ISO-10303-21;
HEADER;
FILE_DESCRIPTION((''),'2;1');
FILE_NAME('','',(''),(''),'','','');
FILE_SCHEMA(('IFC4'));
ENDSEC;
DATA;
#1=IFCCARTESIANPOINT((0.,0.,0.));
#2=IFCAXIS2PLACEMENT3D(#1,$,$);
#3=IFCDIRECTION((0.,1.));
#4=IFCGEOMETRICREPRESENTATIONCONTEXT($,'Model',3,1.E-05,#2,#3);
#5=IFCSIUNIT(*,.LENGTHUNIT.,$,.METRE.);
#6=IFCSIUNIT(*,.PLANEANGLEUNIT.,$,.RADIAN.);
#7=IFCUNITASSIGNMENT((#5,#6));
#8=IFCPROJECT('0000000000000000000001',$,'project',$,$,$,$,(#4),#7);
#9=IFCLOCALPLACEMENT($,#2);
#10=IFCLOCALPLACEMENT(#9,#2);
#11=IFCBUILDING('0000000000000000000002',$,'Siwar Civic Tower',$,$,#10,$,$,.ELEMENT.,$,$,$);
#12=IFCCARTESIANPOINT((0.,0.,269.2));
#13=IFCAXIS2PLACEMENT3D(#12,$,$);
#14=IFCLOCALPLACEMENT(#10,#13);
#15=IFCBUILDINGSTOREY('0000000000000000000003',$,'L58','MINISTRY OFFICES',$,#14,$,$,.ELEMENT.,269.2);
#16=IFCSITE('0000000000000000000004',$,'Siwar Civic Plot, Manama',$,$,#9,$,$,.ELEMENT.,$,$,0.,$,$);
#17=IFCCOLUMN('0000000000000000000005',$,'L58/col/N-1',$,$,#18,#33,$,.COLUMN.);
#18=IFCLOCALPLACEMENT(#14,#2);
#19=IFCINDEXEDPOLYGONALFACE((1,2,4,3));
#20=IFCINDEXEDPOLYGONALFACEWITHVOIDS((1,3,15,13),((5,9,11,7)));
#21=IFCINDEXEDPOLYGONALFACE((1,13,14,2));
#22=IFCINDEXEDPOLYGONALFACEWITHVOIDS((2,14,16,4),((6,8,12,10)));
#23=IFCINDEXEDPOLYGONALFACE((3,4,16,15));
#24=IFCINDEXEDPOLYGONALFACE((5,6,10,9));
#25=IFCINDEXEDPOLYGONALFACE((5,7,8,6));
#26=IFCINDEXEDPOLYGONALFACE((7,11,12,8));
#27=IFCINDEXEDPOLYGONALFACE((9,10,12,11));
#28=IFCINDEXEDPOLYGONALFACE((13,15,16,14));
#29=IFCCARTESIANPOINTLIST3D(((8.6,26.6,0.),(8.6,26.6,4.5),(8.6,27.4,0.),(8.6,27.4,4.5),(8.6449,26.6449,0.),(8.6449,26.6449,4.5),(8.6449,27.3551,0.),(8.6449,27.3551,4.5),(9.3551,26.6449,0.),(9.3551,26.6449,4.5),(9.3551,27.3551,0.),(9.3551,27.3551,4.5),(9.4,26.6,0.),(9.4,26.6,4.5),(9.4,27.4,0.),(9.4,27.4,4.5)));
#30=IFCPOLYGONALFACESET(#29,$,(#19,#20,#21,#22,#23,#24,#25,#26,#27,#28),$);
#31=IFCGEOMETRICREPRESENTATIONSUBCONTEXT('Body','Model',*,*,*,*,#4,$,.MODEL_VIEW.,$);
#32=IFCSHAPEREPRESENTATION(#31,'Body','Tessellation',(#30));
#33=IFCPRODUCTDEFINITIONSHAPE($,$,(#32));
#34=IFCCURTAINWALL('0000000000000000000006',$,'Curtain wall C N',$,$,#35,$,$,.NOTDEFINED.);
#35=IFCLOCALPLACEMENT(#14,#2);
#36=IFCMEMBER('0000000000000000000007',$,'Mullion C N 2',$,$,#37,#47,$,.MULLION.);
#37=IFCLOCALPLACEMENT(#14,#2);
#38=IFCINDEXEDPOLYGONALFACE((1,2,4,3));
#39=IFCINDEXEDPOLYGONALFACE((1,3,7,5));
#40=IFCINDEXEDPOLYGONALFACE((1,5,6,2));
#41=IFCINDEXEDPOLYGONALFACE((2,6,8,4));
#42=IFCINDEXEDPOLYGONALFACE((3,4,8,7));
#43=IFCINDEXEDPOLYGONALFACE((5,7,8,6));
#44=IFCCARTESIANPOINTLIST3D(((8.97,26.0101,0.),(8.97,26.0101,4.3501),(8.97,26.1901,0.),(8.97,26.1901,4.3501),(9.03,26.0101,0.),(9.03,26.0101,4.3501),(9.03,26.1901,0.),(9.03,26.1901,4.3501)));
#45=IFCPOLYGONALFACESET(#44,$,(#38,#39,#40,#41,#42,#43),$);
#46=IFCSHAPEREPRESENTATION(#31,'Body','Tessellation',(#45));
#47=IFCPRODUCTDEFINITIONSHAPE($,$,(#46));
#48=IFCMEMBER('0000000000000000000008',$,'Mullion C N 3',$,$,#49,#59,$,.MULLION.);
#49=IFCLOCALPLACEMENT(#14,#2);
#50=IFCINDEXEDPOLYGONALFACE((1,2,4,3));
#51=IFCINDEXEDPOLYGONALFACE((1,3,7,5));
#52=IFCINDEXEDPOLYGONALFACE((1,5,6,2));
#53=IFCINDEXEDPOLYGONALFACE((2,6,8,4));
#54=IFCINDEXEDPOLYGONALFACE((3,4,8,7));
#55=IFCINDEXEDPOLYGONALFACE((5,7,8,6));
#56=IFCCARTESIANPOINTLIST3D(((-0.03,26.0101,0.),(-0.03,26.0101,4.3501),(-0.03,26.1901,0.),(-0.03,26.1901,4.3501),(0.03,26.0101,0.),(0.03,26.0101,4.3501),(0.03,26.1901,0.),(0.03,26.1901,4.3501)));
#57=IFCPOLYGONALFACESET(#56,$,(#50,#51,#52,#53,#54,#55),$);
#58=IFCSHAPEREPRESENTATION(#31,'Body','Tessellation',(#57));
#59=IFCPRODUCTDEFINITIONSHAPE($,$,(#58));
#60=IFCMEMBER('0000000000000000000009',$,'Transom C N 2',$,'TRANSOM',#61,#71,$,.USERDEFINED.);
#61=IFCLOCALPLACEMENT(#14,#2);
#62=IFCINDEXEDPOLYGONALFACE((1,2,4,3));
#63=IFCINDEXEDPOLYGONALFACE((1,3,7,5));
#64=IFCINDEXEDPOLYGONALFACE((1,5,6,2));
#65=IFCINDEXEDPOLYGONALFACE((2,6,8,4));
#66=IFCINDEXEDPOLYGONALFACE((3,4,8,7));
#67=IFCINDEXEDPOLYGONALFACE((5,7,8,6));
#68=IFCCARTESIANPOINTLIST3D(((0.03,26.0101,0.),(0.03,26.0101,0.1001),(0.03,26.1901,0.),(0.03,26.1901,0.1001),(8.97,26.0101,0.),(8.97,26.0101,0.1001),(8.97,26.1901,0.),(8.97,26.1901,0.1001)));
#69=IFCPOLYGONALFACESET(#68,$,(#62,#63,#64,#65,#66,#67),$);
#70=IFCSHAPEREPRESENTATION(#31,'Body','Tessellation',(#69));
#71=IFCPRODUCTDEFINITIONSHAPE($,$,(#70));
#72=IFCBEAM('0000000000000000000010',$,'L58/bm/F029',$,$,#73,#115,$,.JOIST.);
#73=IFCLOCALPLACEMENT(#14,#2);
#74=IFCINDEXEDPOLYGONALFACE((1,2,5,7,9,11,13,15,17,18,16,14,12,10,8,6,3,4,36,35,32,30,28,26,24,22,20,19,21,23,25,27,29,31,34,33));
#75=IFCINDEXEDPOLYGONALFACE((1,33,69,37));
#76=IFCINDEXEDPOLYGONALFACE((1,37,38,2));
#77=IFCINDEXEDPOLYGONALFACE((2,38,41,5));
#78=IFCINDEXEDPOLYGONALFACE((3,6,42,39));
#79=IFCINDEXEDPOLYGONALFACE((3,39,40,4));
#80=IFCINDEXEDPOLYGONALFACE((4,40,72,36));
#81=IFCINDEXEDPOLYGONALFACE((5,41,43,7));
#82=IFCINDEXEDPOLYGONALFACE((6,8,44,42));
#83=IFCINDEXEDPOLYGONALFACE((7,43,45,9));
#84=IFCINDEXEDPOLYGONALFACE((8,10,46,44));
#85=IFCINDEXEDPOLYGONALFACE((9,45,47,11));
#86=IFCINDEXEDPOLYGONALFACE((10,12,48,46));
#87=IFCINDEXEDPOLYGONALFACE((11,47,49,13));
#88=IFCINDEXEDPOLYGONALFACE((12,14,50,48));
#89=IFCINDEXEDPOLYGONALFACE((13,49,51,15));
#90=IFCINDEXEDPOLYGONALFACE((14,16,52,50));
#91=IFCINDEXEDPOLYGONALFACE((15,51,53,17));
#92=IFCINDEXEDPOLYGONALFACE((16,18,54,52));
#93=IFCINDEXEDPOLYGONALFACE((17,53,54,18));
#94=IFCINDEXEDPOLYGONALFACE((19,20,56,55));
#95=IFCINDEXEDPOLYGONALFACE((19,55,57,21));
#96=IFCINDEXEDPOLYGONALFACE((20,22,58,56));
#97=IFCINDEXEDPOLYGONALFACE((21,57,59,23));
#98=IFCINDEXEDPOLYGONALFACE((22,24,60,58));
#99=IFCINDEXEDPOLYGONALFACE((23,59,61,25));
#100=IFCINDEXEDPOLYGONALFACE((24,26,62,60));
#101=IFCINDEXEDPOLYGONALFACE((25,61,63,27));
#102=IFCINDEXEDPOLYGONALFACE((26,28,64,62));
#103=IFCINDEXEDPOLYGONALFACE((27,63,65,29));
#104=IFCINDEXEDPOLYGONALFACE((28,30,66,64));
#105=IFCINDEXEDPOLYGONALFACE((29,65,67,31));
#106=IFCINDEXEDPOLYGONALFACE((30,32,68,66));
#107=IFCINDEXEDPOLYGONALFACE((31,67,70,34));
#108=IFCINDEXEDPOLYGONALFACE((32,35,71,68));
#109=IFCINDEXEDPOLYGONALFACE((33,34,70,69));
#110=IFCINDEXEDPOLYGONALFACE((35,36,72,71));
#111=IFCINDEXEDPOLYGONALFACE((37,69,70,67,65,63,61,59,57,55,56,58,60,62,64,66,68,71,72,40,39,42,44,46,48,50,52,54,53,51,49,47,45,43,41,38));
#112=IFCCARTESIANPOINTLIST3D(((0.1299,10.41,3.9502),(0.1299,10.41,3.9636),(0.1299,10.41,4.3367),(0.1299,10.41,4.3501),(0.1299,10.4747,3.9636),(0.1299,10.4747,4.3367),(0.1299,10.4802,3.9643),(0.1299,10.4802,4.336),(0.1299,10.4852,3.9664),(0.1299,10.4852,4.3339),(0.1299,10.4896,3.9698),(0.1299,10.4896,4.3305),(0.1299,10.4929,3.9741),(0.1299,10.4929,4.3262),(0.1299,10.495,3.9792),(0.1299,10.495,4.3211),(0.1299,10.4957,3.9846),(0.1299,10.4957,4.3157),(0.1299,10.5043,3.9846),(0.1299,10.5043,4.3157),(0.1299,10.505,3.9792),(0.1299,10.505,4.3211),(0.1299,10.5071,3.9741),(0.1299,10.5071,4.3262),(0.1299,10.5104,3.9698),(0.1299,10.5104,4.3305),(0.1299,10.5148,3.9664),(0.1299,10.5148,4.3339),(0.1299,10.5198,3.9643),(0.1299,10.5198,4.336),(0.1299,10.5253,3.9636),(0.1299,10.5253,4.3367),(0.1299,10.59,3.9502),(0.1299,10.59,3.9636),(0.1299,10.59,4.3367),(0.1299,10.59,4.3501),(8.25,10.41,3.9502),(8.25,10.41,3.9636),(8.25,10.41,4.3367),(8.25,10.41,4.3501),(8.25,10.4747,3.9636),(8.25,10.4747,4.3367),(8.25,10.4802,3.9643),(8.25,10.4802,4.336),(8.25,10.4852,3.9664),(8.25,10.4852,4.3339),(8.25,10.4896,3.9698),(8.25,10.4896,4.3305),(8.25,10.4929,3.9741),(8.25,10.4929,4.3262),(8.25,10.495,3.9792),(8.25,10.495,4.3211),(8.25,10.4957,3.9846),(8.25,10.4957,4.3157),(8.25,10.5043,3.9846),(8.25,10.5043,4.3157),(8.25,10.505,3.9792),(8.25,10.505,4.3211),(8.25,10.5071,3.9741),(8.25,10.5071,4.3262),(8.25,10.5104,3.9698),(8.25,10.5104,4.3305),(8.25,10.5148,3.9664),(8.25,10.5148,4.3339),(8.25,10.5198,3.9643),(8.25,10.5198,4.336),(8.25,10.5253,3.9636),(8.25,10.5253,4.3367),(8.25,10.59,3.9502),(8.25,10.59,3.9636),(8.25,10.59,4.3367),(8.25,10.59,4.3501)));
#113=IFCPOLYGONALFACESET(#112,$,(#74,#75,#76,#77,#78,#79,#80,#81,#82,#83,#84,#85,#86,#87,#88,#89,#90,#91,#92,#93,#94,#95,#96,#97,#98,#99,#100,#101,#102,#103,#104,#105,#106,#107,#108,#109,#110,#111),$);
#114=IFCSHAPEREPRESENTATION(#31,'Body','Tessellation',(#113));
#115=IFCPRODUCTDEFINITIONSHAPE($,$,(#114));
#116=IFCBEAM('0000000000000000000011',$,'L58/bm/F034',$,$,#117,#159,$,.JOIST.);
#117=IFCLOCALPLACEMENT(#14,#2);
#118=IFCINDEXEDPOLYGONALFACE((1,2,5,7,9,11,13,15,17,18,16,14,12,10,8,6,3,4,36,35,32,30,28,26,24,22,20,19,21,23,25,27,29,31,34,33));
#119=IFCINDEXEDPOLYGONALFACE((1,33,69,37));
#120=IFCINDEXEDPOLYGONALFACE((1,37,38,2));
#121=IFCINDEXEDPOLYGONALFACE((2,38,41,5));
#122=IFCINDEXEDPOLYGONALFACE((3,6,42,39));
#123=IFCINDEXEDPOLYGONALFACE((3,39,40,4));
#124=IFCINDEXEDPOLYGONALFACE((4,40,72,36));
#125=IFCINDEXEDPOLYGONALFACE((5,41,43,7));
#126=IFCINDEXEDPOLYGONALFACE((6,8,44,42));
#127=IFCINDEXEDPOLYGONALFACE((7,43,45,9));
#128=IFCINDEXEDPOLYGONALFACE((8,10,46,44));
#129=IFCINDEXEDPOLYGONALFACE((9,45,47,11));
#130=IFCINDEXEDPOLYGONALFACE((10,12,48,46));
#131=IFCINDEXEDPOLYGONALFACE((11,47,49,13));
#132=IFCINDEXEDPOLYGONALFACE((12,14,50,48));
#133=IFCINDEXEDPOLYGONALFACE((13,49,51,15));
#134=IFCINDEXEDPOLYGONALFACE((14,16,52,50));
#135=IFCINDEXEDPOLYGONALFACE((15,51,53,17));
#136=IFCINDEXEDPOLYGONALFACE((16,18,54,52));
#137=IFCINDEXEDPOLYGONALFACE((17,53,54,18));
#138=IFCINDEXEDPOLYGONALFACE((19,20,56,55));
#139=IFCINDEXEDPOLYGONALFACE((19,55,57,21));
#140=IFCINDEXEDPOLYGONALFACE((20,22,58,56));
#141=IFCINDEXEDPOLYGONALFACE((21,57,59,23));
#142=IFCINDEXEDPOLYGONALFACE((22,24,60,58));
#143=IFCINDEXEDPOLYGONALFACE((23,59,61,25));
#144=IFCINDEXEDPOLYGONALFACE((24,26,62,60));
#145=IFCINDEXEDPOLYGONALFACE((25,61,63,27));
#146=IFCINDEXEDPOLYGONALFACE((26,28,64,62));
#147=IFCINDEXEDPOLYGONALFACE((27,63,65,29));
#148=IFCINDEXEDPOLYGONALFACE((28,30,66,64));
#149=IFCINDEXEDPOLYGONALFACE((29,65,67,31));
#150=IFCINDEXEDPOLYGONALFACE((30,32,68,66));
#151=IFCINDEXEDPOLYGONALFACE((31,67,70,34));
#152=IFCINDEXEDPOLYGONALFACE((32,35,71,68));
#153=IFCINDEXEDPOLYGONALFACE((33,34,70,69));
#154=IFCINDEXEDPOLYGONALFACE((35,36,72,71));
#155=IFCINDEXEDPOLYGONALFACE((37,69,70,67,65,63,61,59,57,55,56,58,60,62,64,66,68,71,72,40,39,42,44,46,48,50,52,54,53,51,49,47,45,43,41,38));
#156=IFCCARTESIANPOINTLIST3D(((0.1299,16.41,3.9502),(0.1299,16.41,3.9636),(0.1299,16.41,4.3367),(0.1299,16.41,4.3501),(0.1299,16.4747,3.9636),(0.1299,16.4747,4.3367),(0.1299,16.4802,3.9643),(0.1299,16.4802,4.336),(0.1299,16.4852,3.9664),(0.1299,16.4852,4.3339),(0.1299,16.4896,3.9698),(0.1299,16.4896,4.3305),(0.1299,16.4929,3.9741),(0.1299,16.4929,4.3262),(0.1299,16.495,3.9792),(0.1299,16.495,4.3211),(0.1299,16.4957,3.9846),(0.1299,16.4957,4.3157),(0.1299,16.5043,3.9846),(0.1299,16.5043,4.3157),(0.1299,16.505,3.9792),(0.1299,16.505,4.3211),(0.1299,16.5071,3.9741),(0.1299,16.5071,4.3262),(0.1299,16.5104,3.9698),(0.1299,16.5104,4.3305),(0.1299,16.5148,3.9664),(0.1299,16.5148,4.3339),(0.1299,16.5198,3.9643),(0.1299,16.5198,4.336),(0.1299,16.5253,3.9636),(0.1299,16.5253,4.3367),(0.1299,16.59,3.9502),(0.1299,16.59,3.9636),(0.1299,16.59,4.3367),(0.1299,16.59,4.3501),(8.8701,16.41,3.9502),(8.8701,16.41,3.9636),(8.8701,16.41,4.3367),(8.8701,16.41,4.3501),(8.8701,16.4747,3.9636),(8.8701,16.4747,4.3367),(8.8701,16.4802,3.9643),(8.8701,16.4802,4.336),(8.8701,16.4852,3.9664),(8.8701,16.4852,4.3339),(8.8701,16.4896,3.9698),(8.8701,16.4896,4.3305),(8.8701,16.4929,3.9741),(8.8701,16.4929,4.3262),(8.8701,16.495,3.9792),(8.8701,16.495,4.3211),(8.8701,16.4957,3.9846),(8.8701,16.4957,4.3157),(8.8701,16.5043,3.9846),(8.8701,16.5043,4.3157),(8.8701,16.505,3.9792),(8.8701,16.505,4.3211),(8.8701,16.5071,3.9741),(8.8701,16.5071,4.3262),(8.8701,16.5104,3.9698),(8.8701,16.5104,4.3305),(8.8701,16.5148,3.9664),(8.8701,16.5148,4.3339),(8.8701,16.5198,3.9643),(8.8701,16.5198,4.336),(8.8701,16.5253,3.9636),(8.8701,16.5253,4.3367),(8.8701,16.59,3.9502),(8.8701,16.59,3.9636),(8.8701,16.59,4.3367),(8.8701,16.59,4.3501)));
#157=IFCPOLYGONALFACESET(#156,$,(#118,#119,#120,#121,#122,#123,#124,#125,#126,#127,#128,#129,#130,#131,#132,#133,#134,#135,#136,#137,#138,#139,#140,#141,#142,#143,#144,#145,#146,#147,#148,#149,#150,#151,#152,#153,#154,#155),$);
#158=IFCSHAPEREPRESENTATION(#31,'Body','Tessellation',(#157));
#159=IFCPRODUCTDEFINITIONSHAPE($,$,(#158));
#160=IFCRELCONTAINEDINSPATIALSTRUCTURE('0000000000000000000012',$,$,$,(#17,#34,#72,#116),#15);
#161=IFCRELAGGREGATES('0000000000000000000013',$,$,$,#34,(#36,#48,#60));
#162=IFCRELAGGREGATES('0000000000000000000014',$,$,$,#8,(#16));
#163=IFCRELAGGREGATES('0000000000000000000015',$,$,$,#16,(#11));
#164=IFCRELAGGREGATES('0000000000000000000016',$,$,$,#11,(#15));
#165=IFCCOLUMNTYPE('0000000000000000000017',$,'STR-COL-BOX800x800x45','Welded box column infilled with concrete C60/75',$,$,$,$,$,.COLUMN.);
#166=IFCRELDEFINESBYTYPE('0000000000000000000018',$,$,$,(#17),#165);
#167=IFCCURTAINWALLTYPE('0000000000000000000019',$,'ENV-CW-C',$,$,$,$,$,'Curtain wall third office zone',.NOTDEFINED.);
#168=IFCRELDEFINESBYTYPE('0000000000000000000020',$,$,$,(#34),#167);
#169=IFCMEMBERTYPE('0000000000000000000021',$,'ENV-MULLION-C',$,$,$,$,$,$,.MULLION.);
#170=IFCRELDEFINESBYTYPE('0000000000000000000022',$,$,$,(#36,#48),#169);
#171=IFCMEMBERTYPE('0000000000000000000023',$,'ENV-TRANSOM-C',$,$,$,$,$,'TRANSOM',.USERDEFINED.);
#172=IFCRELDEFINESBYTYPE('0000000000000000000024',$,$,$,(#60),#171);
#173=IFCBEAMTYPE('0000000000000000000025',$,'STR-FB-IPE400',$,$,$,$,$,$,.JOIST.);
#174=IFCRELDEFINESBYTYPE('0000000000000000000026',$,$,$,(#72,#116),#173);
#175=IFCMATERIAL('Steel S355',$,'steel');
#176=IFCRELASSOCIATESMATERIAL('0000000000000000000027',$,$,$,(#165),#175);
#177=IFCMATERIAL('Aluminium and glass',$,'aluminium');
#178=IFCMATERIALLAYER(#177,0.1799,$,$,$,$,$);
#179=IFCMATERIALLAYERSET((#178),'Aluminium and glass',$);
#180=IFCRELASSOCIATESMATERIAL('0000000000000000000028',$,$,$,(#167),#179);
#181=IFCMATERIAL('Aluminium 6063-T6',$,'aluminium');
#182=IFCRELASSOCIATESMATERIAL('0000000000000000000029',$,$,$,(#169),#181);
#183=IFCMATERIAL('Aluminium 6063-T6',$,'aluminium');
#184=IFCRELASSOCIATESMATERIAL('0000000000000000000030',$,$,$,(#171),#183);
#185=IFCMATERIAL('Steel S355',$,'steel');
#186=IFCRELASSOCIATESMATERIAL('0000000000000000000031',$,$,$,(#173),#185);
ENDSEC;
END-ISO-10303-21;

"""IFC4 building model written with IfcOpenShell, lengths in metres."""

from ifc_helpers import new_model, si_unit, direction, frame, origin, origin_2d, place, context, subcontext, project, spatial, rectangle, hollow_rectangle, i_section, extrude, material, layer, layer_set, material_profile, profile_set, type_object, element, aggregate, save


model = new_model("IFC4")

# Units and contexts
model_context = context("Model", 3, precision=1e-05, world=origin(), true_north=direction((0.0, 1.0)))
body_context = subcontext(model_context, "Body", "Model", "MODEL_VIEW")
ifc_project = project(units=[si_unit("LENGTHUNIT", "METRE"), si_unit("PLANEANGLEUNIT", "RADIAN")], contexts=[model_context])

# Site, building, storey
site_placement = place(None, origin())
site = spatial("IfcSite", under=ifc_project, at=site_placement, Name="Siwar Civic Plot, Manama", CompositionType="ELEMENT", RefElevation=0.0)
building_placement = place(site_placement, origin())
building = spatial("IfcBuilding", under=site, at=building_placement, Name="Siwar Civic Tower", CompositionType="ELEMENT")
storey_placement = place(building_placement, frame((0.0, 0.0, 269.2)))
storey = spatial("IfcBuildingStorey", under=building, at=storey_placement, Name="L58", Description="MINISTRY OFFICES", CompositionType="ELEMENT", Elevation=269.2)

# Column
ifc_material_1 = material(Name="Steel S355", Category="steel")
ifc_material_profile_1 = material_profile(ifc_material_1, hollow_rectangle(XDim=0.8, YDim=0.8, WallThickness=0.0449, at=origin_2d()), Name="BOX800x800x45")
ifc_profile_set_1 = profile_set([ifc_material_profile_1], Name="Steel S355")
column_type = type_object("IfcColumnType", Name="STR-COL-BOX800x800x45", Description="Welded box column infilled with concrete C60/75", PredefinedType="COLUMN", material=ifc_profile_set_1)
column_placement = place(storey_placement, frame((9.0, 27.0, 0.0), z_axis=(0.0, 0.0, 1.0), x_axis=(1.0, 0.0, 0.0)))
element("IfcColumn", 1, at=column_placement, inside=storey, type_object=column_type, Name="L58/col/N-1", PredefinedType="COLUMN", context=body_context, shape_type="SweptSolid", body=[
    extrude(hollow_rectangle(XDim=0.8, YDim=0.8, WallThickness=0.0449, at=origin_2d()), origin(), (0.0, 0.0, 1.0), 4.5),
])

# Curtain wall, members
ifc_material_2 = material(Name="Aluminium and glass", Category="aluminium")
ifc_layer_1 = layer(ifc_material_2, 0.1799)
ifc_layer_set_1 = layer_set([ifc_layer_1], Name="Aluminium and glass")
curtain_wall_type = type_object("IfcCurtainWallType", Name="ENV-CW-C", ElementType="Curtain wall third office zone", PredefinedType="NOTDEFINED", material=ifc_layer_set_1)
curtain_wall_placement = place(storey_placement, origin())
curtain_wall = element("IfcCurtainWall", 2, at=curtain_wall_placement, inside=storey, type_object=curtain_wall_type, Name="Curtain wall C N", PredefinedType="NOTDEFINED")
ifc_material_3 = material(Name="Aluminium 6063-T6", Category="aluminium")
ifc_material_profile_2 = material_profile(ifc_material_3, rectangle(XDim=0.1799, YDim=0.0601, at=origin_2d()), Name="AL 180x60")
ifc_profile_set_2 = profile_set([ifc_material_profile_2], Name="Aluminium 6063-T6")
member_type_1 = type_object("IfcMemberType", Name="ENV-MULLION-C", PredefinedType="MULLION", material=ifc_profile_set_2)
member_1_placement = place(storey_placement, frame((9.0, 26.1001, 0.0), z_axis=(0.0, 0.0, 1.0), x_axis=(0.0, -1.0, 0.0)))
member_1 = element("IfcMember", 3, at=member_1_placement, type_object=member_type_1, Name="Mullion C N 2", PredefinedType="MULLION", context=body_context, shape_type="SweptSolid", body=[
    extrude(rectangle(XDim=0.1799, YDim=0.0601, at=origin_2d()), origin(), (0.0, 0.0, 1.0), 4.3501),
])
member_2_placement = place(storey_placement, frame((0.0, 26.1001, 0.0), z_axis=(0.0, 0.0, 1.0), x_axis=(0.0, -1.0, 0.0)))
member_2 = element("IfcMember", 4, at=member_2_placement, type_object=member_type_1, Name="Mullion C N 3", PredefinedType="MULLION", context=body_context, shape_type="SweptSolid", body=[
    extrude(rectangle(XDim=0.1799, YDim=0.0601, at=origin_2d()), origin(), (0.0, 0.0, 1.0), 4.3501),
])
ifc_material_4 = material(Name="Aluminium 6063-T6", Category="aluminium")
ifc_material_profile_3 = material_profile(ifc_material_4, rectangle(XDim=0.1799, YDim=0.1001, at=origin_2d()), Name="AL 180x100")
ifc_profile_set_3 = profile_set([ifc_material_profile_3], Name="Aluminium 6063-T6")
member_type_2 = type_object("IfcMemberType", Name="ENV-TRANSOM-C", ElementType="TRANSOM", PredefinedType="USERDEFINED", material=ifc_profile_set_3)
member_3_placement = place(storey_placement, frame((8.97, 26.1001, 0.05), z_axis=(-1.0, 0.0, 0.0), x_axis=(0.0, -1.0, 0.0)))
member_3 = element("IfcMember", 5, at=member_3_placement, type_object=member_type_2, Name="Transom C N 2", ObjectType="TRANSOM", PredefinedType="USERDEFINED", context=body_context, shape_type="SweptSolid", body=[
    extrude(rectangle(XDim=0.1799, YDim=0.1001, at=origin_2d()), origin(), (0.0, 0.0, 1.0), 8.9399),
])

# Beams
ifc_material_5 = material(Name="Steel S355", Category="steel")
ifc_material_profile_4 = material_profile(ifc_material_5, i_section(OverallWidth=0.1799, OverallDepth=0.3999, WebThickness=0.0085, FlangeThickness=0.0134, FilletRadius=0.021, at=origin_2d()), Name="IPE400")
ifc_profile_set_4 = profile_set([ifc_material_profile_4], Name="Steel S355")
beam_type_1 = type_object("IfcBeamType", Name="STR-FB-IPE400", PredefinedType="JOIST", material=ifc_profile_set_4)
beam_1_placement = place(storey_placement, frame((0.1299, 10.5, 4.1501), z_axis=(1.0, 0.0, 0.0), x_axis=(0.0, 1.0, 0.0)))
element("IfcBeam", 6, at=beam_1_placement, inside=storey, type_object=beam_type_1, Name="L58/bm/F029", PredefinedType="JOIST", context=body_context, shape_type="SweptSolid", body=[
    extrude(i_section(OverallWidth=0.1799, OverallDepth=0.3999, WebThickness=0.0085, FlangeThickness=0.0134, FilletRadius=0.021, at=origin_2d()), origin(), (0.0, 0.0, 1.0), 8.1201),
])
for number, where, z_axis, x_axis, name in (
    (7, (0.1299, 16.5, 4.1501), (1.0, 0.0, 0.0), (0.0, 1.0, 0.0), "L58/bm/F034"),
):
    element("IfcBeam", number, at=place(storey_placement, frame(where, z_axis=z_axis, x_axis=x_axis)), inside=storey, type_object=beam_type_1, Name=name, PredefinedType="JOIST", context=body_context, shape_type="SweptSolid", body=[
        extrude(i_section(OverallWidth=0.1799, OverallDepth=0.3999, WebThickness=0.0085, FlangeThickness=0.0134, FilletRadius=0.021, at=origin_2d()), origin(), (0.0, 0.0, 1.0), 8.7402),
    ])

aggregate(curtain_wall, [member_1, member_2, member_3])

save(model, "model.ifc")
